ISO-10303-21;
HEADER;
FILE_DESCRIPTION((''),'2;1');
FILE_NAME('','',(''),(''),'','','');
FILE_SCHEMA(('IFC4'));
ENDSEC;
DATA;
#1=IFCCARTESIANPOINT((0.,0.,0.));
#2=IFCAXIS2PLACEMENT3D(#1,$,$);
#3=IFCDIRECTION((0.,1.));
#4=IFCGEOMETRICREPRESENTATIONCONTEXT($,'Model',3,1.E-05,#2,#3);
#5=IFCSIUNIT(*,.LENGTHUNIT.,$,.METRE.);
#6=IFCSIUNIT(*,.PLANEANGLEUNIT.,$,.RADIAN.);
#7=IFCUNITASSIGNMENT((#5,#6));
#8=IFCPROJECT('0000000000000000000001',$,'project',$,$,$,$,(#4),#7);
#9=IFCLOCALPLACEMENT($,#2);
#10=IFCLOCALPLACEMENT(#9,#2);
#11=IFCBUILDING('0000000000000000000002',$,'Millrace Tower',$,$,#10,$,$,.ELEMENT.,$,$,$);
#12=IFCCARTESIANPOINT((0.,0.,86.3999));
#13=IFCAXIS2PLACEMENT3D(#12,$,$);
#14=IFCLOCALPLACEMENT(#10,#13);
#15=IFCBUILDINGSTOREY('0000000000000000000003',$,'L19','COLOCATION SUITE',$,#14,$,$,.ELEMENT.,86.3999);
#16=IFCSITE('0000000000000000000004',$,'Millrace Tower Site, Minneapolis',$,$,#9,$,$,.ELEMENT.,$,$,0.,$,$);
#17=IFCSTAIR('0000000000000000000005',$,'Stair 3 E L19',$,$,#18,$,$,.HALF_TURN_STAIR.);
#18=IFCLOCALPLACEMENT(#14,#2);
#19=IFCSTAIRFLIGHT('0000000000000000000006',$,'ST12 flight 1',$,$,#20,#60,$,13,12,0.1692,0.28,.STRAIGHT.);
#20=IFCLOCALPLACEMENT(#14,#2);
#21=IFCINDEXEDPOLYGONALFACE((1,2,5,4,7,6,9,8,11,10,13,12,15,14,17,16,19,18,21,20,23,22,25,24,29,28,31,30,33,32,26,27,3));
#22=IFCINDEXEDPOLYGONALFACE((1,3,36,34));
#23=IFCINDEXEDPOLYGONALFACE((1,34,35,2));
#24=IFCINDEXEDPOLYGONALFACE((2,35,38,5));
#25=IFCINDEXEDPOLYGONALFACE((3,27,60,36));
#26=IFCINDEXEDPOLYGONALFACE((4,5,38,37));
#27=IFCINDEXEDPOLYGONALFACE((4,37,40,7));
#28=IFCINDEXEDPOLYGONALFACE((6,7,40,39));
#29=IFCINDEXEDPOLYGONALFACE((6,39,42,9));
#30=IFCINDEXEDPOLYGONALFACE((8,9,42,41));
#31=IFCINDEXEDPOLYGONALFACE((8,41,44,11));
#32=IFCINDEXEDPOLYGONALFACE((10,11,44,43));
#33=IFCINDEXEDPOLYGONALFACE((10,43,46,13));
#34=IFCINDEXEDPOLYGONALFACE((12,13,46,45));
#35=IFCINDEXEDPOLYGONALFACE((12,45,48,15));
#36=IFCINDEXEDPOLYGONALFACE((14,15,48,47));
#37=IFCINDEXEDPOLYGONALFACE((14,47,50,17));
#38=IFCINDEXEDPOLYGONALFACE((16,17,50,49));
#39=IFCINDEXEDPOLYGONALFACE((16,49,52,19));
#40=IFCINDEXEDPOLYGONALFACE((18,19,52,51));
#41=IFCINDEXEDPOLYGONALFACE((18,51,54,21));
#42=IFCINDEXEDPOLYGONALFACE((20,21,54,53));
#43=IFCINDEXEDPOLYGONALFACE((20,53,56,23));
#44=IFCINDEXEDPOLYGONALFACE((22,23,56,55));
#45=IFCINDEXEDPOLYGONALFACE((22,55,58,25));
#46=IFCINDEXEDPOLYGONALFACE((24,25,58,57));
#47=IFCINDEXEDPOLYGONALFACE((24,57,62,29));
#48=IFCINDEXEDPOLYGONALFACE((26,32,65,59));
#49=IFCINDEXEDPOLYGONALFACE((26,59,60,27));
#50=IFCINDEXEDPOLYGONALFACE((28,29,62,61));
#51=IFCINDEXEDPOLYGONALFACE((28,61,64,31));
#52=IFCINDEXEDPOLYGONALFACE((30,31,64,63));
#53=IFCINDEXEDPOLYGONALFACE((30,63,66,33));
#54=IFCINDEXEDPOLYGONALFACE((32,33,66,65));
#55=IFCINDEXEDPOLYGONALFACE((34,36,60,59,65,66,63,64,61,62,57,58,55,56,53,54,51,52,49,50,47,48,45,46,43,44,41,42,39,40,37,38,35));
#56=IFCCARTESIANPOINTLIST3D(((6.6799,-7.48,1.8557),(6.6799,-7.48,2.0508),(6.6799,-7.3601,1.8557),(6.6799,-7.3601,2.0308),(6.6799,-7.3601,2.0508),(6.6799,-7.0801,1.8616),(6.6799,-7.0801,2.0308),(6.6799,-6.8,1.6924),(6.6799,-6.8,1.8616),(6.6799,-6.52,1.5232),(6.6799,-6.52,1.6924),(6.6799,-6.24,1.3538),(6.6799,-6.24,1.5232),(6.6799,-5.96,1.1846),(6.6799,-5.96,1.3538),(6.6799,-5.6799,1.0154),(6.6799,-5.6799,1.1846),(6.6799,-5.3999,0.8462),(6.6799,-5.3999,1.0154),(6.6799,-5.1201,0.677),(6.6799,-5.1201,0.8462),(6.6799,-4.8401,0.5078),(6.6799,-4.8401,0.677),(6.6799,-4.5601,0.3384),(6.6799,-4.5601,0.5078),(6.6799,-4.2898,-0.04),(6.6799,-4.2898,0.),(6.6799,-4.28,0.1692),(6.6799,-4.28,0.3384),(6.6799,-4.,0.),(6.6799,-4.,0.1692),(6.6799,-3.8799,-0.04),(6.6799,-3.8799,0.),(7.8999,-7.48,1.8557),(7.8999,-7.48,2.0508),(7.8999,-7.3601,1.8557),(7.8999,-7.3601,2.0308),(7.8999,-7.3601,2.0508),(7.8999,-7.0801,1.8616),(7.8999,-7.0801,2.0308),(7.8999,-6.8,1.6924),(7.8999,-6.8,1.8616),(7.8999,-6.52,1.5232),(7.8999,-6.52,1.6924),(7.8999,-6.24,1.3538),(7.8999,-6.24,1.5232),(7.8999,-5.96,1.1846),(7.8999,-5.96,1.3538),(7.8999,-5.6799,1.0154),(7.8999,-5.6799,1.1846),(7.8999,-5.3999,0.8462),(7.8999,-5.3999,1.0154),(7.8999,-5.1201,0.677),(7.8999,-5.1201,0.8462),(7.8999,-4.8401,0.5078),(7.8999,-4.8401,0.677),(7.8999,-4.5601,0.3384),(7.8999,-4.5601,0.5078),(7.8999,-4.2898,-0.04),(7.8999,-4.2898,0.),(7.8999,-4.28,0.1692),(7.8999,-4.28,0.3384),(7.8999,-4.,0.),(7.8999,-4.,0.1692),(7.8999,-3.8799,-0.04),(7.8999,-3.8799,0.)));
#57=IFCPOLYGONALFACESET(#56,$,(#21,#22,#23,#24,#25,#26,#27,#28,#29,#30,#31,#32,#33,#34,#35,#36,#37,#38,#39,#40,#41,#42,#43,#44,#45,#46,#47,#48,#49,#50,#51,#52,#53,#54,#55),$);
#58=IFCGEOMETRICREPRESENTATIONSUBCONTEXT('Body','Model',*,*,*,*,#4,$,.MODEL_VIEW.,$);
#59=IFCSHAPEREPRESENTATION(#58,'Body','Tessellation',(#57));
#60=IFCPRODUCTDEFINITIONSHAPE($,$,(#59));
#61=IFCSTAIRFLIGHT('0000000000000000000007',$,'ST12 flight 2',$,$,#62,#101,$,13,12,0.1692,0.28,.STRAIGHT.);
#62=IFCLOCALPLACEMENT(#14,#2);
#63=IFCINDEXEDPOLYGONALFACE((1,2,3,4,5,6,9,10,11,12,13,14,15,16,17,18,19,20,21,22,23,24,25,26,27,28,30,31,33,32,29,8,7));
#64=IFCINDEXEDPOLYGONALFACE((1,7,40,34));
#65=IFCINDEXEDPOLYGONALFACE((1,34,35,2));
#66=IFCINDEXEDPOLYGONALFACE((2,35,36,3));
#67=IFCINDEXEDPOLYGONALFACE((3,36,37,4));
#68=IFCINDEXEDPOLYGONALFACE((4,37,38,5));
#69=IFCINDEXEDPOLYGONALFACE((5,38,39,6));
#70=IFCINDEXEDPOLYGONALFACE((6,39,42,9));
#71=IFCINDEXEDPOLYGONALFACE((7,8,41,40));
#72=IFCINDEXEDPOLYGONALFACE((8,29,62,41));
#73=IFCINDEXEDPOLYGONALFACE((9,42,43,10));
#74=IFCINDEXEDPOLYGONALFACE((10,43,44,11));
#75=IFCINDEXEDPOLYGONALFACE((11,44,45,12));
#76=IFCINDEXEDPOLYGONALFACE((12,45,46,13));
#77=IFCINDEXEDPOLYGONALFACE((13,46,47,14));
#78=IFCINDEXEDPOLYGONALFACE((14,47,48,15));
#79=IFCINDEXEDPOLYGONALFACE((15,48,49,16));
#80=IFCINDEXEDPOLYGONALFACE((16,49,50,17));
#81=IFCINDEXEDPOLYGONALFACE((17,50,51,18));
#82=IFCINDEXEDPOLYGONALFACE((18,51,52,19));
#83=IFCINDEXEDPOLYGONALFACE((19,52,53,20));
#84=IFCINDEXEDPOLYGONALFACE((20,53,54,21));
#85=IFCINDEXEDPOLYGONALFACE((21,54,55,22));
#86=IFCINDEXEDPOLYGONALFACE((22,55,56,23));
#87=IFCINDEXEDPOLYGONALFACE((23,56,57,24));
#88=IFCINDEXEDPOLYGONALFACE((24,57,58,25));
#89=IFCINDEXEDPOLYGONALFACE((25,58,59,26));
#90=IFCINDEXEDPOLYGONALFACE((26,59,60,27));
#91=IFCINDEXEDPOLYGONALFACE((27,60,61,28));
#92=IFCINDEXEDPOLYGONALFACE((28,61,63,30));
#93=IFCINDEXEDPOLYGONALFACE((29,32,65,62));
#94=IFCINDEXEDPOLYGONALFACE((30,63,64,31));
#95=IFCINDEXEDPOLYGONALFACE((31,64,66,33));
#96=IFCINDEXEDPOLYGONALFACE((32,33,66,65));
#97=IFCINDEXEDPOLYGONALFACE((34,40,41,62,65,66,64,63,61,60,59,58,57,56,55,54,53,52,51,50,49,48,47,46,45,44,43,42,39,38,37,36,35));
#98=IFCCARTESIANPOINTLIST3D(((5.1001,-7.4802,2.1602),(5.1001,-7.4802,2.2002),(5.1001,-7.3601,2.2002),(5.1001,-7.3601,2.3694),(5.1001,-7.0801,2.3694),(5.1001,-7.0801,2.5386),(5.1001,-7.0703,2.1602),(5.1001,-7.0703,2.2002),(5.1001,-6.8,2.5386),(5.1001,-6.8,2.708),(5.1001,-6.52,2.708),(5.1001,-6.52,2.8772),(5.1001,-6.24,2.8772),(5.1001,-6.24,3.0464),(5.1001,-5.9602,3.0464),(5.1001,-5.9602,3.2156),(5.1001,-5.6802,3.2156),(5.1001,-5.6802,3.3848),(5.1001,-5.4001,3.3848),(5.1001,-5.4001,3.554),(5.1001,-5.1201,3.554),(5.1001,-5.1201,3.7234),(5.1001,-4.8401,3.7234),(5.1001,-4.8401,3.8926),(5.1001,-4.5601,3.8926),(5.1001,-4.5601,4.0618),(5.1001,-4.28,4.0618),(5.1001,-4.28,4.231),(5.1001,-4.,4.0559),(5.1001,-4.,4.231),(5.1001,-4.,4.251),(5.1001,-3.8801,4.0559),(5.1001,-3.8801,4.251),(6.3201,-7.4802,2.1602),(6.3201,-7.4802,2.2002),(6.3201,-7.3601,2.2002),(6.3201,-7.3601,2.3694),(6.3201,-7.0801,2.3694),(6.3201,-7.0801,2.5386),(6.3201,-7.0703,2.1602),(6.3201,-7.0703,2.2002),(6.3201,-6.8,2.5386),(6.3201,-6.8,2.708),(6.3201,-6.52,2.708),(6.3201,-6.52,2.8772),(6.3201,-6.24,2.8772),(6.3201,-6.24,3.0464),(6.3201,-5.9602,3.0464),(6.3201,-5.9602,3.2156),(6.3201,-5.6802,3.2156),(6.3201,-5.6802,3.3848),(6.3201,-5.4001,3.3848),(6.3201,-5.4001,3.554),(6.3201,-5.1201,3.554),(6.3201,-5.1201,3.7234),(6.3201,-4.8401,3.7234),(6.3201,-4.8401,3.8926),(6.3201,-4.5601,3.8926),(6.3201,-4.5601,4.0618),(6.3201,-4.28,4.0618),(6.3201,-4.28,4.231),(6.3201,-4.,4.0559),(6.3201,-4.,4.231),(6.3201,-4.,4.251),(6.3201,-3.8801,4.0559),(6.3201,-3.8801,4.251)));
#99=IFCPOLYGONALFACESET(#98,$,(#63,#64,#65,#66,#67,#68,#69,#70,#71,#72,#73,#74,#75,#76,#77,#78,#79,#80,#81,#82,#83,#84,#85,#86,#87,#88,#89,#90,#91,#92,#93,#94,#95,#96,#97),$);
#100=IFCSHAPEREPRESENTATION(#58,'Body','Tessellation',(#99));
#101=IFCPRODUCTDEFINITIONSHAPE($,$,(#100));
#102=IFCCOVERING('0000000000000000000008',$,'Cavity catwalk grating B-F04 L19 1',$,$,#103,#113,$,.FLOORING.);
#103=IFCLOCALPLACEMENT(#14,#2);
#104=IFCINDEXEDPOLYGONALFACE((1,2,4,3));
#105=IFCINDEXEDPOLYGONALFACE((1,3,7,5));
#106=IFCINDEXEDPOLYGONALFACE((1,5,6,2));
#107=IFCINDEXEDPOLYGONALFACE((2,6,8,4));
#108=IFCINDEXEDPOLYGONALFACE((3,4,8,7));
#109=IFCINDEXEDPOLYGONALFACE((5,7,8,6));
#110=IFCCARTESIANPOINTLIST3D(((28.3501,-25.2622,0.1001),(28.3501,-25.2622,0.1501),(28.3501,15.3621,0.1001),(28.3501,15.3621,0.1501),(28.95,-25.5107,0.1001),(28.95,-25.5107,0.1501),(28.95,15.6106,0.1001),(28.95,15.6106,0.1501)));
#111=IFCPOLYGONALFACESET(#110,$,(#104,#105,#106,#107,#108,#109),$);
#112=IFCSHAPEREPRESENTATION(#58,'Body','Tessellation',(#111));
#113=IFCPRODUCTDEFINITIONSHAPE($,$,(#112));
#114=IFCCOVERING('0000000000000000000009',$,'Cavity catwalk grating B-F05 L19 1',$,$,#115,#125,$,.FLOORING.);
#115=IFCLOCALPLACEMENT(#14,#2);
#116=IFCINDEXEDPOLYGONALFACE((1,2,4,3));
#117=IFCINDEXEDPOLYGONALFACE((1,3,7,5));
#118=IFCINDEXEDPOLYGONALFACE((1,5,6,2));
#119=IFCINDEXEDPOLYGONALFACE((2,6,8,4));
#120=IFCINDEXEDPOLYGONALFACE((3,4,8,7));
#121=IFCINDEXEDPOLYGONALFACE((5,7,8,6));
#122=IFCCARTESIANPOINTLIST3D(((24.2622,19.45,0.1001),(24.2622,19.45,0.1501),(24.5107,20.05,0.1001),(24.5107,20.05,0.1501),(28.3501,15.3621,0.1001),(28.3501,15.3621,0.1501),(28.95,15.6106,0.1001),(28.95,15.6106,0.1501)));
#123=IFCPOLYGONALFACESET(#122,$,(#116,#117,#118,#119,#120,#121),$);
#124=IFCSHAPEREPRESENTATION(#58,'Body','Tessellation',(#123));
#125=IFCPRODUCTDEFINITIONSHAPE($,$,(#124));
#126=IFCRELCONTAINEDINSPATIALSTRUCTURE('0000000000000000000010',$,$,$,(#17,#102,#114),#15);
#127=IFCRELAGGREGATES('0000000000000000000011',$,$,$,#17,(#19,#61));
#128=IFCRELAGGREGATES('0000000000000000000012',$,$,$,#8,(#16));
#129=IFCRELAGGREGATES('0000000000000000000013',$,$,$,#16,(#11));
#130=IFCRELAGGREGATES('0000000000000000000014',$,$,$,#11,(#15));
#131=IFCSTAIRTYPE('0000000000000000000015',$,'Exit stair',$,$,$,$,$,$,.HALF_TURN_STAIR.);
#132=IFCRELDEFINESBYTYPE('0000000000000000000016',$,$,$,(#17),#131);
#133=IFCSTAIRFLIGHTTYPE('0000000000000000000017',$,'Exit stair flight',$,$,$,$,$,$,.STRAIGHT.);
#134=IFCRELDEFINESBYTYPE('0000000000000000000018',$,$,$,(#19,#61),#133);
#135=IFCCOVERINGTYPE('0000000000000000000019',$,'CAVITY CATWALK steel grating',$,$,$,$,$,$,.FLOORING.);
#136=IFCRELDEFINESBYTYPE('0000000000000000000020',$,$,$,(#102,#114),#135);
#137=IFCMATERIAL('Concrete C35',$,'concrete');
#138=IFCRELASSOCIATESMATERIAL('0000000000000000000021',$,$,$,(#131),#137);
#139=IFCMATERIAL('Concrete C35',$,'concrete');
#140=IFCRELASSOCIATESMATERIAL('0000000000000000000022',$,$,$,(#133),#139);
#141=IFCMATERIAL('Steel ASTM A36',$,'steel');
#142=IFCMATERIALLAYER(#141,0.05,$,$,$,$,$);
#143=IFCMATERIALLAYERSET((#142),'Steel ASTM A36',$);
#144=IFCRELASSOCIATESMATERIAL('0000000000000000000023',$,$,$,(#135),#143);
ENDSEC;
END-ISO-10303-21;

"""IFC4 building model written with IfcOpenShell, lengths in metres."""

from ifc_helpers import new_model, si_unit, direction, frame, origin, place, context, subcontext, project, spatial, polyline, outline, extrude, material, layer, layer_set, type_object, element, aggregate, save


model = new_model("IFC4")

# Units and contexts
model_context = context("Model", 3, precision=1e-05, world=origin(), true_north=direction((0.0, 1.0)))
body_context = subcontext(model_context, "Body", "Model", "MODEL_VIEW")
ifc_project = project(units=[si_unit("LENGTHUNIT", "METRE"), si_unit("PLANEANGLEUNIT", "RADIAN")], contexts=[model_context])

# Site, building, storey
site_placement = place(None, origin())
site = spatial("IfcSite", under=ifc_project, at=site_placement, Name="Millrace Tower Site, Minneapolis", CompositionType="ELEMENT", RefElevation=0.0)
building_placement = place(site_placement, origin())
building = spatial("IfcBuilding", under=site, at=building_placement, Name="Millrace Tower", CompositionType="ELEMENT")
storey_placement = place(building_placement, frame((0.0, 0.0, 86.3999)))
storey = spatial("IfcBuildingStorey", under=building, at=storey_placement, Name="L19", Description="COLOCATION SUITE", CompositionType="ELEMENT", Elevation=86.3999)

# Shared definitions
placement_1 = place(storey_placement, origin())

# Stair, stair flights
ifc_material_1 = material(Name="Concrete C35", Category="concrete")
stair_type = type_object("IfcStairType", Name="Exit stair", PredefinedType="HALF_TURN_STAIR", material=ifc_material_1)
ifc_material_2 = material(Name="Concrete C35", Category="concrete")
stair_flight_type = type_object("IfcStairFlightType", Name="Exit stair flight", PredefinedType="STRAIGHT", material=ifc_material_2)
stair_1 = element("IfcStair", 1, at=placement_1, inside=storey, type_object=stair_type, Name="Stair 3 E L19", PredefinedType="HALF_TURN_STAIR")
stair_flight_1_placement = place(storey_placement, frame((7.29, -4.0, 0.0), z_axis=(0.0, 0.0, 1.0), x_axis=(0.0, -1.0, 0.0)))
stair_flight_1 = element("IfcStairFlight", 2, at=stair_flight_1_placement, type_object=stair_flight_type, Name="ST12 flight 1", NumberOfRisers=13, NumberOfTreads=12, PredefinedType="STRAIGHT", RiserHeight=0.1692, TreadLength=0.28, context=body_context, shape_type="SweptSolid", body=[
    extrude(outline(polyline([(-0.1201, -0.04), (-0.1201, 0.0), (0.0, 0.0), (0.0, 0.1692), (0.28, 0.1692), (0.28, 0.3384), (0.5601, 0.3384), (0.5601, 0.5078), (0.8401, 0.5078), (0.8401, 0.677), (1.1201, 0.677), (1.1201, 0.8462), (1.3999, 0.8462), (1.3999, 1.0154), (1.6799, 1.0154), (1.6799, 1.1846), (1.96, 1.1846), (1.96, 1.3538), (2.24, 1.3538), (2.24, 1.5232), (2.52, 1.5232), (2.52, 1.6924), (2.8, 1.6924), (2.8, 1.8616), (3.0801, 1.8616), (3.0801, 2.0308), (3.3601, 2.0308), (3.3601, 2.0508), (3.48, 2.0508), (3.48, 1.8557), (3.3601, 1.8557), (0.2898, 0.0), (0.2898, -0.04), (-0.1201, -0.04)])), frame((0.0, 0.6099, 0.0), z_axis=(0.0, -1.0, 0.0), x_axis=(1.0, 0.0, 0.0)), (0.0, 0.0, 1.0), 1.22),
])
stair_flight_2_placement = place(storey_placement, frame((5.71, -7.3601, 2.2002), z_axis=(0.0, 0.0, 1.0), x_axis=(0.0, 1.0, 0.0)))
stair_flight_2 = element("IfcStairFlight", 3, at=stair_flight_2_placement, type_object=stair_flight_type, Name="ST12 flight 2", NumberOfRisers=13, NumberOfTreads=12, PredefinedType="STRAIGHT", RiserHeight=0.1692, TreadLength=0.28, context=body_context, shape_type="SweptSolid", body=[
    extrude(outline(polyline([(-0.1201, -0.04), (-0.1201, 0.0), (0.0, 0.0), (0.0, 0.1692), (0.28, 0.1692), (0.28, 0.3384), (0.5601, 0.3384), (0.5601, 0.5078), (0.8401, 0.5078), (0.8401, 0.677), (1.1201, 0.677), (1.1201, 0.8462), (1.3999, 0.8462), (1.3999, 1.0154), (1.6799, 1.0154), (1.6799, 1.1846), (1.96, 1.1846), (1.96, 1.3538), (2.24, 1.3538), (2.24, 1.5232), (2.52, 1.5232), (2.52, 1.6924), (2.8, 1.6924), (2.8, 1.8616), (3.0801, 1.8616), (3.0801, 2.0308), (3.3601, 2.0308), (3.3601, 2.0508), (3.48, 2.0508), (3.48, 1.8557), (3.3601, 1.8557), (0.2898, 0.0), (0.2898, -0.04), (-0.1201, -0.04)])), frame((0.0, 0.6099, 0.0), z_axis=(0.0, -1.0, 0.0), x_axis=(1.0, 0.0, 0.0)), (0.0, 0.0, 1.0), 1.22),
])
aggregate(stair_1, [stair_flight_1, stair_flight_2])

# Coverings
ifc_material_3 = material(Name="Steel ASTM A36", Category="steel")
ifc_layer_1 = layer(ifc_material_3, 0.05)
ifc_layer_set_1 = layer_set([ifc_layer_1], Name="Steel ASTM A36")
covering_type = type_object("IfcCoveringType", Name="CAVITY CATWALK steel grating", PredefinedType="FLOORING", material=ifc_layer_set_1)
placement_2 = place(storey_placement, frame((0.0, 0.0, 0.1001)))
element("IfcCovering", 4, at=placement_2, inside=storey, type_object=covering_type, Name="Cavity catwalk grating B-F04 L19 1", PredefinedType="FLOORING", context=body_context, shape_type="SweptSolid", body=[
    extrude(outline(polyline([(28.95, -25.5107), (28.95, 15.6106), (28.3501, 15.3621), (28.3501, -25.2622), (28.95, -25.5107)])), origin(), (0.0, 0.0, 1.0), 0.05),
])
element("IfcCovering", 5, at=placement_2, inside=storey, type_object=covering_type, Name="Cavity catwalk grating B-F05 L19 1", PredefinedType="FLOORING", context=body_context, shape_type="SweptSolid", body=[
    extrude(outline(polyline([(28.95, 15.6106), (24.5107, 20.05), (24.2622, 19.45), (28.3501, 15.3621), (28.95, 15.6106)])), origin(), (0.0, 0.0, 1.0), 0.05),
])

save(model, "model.ifc")
